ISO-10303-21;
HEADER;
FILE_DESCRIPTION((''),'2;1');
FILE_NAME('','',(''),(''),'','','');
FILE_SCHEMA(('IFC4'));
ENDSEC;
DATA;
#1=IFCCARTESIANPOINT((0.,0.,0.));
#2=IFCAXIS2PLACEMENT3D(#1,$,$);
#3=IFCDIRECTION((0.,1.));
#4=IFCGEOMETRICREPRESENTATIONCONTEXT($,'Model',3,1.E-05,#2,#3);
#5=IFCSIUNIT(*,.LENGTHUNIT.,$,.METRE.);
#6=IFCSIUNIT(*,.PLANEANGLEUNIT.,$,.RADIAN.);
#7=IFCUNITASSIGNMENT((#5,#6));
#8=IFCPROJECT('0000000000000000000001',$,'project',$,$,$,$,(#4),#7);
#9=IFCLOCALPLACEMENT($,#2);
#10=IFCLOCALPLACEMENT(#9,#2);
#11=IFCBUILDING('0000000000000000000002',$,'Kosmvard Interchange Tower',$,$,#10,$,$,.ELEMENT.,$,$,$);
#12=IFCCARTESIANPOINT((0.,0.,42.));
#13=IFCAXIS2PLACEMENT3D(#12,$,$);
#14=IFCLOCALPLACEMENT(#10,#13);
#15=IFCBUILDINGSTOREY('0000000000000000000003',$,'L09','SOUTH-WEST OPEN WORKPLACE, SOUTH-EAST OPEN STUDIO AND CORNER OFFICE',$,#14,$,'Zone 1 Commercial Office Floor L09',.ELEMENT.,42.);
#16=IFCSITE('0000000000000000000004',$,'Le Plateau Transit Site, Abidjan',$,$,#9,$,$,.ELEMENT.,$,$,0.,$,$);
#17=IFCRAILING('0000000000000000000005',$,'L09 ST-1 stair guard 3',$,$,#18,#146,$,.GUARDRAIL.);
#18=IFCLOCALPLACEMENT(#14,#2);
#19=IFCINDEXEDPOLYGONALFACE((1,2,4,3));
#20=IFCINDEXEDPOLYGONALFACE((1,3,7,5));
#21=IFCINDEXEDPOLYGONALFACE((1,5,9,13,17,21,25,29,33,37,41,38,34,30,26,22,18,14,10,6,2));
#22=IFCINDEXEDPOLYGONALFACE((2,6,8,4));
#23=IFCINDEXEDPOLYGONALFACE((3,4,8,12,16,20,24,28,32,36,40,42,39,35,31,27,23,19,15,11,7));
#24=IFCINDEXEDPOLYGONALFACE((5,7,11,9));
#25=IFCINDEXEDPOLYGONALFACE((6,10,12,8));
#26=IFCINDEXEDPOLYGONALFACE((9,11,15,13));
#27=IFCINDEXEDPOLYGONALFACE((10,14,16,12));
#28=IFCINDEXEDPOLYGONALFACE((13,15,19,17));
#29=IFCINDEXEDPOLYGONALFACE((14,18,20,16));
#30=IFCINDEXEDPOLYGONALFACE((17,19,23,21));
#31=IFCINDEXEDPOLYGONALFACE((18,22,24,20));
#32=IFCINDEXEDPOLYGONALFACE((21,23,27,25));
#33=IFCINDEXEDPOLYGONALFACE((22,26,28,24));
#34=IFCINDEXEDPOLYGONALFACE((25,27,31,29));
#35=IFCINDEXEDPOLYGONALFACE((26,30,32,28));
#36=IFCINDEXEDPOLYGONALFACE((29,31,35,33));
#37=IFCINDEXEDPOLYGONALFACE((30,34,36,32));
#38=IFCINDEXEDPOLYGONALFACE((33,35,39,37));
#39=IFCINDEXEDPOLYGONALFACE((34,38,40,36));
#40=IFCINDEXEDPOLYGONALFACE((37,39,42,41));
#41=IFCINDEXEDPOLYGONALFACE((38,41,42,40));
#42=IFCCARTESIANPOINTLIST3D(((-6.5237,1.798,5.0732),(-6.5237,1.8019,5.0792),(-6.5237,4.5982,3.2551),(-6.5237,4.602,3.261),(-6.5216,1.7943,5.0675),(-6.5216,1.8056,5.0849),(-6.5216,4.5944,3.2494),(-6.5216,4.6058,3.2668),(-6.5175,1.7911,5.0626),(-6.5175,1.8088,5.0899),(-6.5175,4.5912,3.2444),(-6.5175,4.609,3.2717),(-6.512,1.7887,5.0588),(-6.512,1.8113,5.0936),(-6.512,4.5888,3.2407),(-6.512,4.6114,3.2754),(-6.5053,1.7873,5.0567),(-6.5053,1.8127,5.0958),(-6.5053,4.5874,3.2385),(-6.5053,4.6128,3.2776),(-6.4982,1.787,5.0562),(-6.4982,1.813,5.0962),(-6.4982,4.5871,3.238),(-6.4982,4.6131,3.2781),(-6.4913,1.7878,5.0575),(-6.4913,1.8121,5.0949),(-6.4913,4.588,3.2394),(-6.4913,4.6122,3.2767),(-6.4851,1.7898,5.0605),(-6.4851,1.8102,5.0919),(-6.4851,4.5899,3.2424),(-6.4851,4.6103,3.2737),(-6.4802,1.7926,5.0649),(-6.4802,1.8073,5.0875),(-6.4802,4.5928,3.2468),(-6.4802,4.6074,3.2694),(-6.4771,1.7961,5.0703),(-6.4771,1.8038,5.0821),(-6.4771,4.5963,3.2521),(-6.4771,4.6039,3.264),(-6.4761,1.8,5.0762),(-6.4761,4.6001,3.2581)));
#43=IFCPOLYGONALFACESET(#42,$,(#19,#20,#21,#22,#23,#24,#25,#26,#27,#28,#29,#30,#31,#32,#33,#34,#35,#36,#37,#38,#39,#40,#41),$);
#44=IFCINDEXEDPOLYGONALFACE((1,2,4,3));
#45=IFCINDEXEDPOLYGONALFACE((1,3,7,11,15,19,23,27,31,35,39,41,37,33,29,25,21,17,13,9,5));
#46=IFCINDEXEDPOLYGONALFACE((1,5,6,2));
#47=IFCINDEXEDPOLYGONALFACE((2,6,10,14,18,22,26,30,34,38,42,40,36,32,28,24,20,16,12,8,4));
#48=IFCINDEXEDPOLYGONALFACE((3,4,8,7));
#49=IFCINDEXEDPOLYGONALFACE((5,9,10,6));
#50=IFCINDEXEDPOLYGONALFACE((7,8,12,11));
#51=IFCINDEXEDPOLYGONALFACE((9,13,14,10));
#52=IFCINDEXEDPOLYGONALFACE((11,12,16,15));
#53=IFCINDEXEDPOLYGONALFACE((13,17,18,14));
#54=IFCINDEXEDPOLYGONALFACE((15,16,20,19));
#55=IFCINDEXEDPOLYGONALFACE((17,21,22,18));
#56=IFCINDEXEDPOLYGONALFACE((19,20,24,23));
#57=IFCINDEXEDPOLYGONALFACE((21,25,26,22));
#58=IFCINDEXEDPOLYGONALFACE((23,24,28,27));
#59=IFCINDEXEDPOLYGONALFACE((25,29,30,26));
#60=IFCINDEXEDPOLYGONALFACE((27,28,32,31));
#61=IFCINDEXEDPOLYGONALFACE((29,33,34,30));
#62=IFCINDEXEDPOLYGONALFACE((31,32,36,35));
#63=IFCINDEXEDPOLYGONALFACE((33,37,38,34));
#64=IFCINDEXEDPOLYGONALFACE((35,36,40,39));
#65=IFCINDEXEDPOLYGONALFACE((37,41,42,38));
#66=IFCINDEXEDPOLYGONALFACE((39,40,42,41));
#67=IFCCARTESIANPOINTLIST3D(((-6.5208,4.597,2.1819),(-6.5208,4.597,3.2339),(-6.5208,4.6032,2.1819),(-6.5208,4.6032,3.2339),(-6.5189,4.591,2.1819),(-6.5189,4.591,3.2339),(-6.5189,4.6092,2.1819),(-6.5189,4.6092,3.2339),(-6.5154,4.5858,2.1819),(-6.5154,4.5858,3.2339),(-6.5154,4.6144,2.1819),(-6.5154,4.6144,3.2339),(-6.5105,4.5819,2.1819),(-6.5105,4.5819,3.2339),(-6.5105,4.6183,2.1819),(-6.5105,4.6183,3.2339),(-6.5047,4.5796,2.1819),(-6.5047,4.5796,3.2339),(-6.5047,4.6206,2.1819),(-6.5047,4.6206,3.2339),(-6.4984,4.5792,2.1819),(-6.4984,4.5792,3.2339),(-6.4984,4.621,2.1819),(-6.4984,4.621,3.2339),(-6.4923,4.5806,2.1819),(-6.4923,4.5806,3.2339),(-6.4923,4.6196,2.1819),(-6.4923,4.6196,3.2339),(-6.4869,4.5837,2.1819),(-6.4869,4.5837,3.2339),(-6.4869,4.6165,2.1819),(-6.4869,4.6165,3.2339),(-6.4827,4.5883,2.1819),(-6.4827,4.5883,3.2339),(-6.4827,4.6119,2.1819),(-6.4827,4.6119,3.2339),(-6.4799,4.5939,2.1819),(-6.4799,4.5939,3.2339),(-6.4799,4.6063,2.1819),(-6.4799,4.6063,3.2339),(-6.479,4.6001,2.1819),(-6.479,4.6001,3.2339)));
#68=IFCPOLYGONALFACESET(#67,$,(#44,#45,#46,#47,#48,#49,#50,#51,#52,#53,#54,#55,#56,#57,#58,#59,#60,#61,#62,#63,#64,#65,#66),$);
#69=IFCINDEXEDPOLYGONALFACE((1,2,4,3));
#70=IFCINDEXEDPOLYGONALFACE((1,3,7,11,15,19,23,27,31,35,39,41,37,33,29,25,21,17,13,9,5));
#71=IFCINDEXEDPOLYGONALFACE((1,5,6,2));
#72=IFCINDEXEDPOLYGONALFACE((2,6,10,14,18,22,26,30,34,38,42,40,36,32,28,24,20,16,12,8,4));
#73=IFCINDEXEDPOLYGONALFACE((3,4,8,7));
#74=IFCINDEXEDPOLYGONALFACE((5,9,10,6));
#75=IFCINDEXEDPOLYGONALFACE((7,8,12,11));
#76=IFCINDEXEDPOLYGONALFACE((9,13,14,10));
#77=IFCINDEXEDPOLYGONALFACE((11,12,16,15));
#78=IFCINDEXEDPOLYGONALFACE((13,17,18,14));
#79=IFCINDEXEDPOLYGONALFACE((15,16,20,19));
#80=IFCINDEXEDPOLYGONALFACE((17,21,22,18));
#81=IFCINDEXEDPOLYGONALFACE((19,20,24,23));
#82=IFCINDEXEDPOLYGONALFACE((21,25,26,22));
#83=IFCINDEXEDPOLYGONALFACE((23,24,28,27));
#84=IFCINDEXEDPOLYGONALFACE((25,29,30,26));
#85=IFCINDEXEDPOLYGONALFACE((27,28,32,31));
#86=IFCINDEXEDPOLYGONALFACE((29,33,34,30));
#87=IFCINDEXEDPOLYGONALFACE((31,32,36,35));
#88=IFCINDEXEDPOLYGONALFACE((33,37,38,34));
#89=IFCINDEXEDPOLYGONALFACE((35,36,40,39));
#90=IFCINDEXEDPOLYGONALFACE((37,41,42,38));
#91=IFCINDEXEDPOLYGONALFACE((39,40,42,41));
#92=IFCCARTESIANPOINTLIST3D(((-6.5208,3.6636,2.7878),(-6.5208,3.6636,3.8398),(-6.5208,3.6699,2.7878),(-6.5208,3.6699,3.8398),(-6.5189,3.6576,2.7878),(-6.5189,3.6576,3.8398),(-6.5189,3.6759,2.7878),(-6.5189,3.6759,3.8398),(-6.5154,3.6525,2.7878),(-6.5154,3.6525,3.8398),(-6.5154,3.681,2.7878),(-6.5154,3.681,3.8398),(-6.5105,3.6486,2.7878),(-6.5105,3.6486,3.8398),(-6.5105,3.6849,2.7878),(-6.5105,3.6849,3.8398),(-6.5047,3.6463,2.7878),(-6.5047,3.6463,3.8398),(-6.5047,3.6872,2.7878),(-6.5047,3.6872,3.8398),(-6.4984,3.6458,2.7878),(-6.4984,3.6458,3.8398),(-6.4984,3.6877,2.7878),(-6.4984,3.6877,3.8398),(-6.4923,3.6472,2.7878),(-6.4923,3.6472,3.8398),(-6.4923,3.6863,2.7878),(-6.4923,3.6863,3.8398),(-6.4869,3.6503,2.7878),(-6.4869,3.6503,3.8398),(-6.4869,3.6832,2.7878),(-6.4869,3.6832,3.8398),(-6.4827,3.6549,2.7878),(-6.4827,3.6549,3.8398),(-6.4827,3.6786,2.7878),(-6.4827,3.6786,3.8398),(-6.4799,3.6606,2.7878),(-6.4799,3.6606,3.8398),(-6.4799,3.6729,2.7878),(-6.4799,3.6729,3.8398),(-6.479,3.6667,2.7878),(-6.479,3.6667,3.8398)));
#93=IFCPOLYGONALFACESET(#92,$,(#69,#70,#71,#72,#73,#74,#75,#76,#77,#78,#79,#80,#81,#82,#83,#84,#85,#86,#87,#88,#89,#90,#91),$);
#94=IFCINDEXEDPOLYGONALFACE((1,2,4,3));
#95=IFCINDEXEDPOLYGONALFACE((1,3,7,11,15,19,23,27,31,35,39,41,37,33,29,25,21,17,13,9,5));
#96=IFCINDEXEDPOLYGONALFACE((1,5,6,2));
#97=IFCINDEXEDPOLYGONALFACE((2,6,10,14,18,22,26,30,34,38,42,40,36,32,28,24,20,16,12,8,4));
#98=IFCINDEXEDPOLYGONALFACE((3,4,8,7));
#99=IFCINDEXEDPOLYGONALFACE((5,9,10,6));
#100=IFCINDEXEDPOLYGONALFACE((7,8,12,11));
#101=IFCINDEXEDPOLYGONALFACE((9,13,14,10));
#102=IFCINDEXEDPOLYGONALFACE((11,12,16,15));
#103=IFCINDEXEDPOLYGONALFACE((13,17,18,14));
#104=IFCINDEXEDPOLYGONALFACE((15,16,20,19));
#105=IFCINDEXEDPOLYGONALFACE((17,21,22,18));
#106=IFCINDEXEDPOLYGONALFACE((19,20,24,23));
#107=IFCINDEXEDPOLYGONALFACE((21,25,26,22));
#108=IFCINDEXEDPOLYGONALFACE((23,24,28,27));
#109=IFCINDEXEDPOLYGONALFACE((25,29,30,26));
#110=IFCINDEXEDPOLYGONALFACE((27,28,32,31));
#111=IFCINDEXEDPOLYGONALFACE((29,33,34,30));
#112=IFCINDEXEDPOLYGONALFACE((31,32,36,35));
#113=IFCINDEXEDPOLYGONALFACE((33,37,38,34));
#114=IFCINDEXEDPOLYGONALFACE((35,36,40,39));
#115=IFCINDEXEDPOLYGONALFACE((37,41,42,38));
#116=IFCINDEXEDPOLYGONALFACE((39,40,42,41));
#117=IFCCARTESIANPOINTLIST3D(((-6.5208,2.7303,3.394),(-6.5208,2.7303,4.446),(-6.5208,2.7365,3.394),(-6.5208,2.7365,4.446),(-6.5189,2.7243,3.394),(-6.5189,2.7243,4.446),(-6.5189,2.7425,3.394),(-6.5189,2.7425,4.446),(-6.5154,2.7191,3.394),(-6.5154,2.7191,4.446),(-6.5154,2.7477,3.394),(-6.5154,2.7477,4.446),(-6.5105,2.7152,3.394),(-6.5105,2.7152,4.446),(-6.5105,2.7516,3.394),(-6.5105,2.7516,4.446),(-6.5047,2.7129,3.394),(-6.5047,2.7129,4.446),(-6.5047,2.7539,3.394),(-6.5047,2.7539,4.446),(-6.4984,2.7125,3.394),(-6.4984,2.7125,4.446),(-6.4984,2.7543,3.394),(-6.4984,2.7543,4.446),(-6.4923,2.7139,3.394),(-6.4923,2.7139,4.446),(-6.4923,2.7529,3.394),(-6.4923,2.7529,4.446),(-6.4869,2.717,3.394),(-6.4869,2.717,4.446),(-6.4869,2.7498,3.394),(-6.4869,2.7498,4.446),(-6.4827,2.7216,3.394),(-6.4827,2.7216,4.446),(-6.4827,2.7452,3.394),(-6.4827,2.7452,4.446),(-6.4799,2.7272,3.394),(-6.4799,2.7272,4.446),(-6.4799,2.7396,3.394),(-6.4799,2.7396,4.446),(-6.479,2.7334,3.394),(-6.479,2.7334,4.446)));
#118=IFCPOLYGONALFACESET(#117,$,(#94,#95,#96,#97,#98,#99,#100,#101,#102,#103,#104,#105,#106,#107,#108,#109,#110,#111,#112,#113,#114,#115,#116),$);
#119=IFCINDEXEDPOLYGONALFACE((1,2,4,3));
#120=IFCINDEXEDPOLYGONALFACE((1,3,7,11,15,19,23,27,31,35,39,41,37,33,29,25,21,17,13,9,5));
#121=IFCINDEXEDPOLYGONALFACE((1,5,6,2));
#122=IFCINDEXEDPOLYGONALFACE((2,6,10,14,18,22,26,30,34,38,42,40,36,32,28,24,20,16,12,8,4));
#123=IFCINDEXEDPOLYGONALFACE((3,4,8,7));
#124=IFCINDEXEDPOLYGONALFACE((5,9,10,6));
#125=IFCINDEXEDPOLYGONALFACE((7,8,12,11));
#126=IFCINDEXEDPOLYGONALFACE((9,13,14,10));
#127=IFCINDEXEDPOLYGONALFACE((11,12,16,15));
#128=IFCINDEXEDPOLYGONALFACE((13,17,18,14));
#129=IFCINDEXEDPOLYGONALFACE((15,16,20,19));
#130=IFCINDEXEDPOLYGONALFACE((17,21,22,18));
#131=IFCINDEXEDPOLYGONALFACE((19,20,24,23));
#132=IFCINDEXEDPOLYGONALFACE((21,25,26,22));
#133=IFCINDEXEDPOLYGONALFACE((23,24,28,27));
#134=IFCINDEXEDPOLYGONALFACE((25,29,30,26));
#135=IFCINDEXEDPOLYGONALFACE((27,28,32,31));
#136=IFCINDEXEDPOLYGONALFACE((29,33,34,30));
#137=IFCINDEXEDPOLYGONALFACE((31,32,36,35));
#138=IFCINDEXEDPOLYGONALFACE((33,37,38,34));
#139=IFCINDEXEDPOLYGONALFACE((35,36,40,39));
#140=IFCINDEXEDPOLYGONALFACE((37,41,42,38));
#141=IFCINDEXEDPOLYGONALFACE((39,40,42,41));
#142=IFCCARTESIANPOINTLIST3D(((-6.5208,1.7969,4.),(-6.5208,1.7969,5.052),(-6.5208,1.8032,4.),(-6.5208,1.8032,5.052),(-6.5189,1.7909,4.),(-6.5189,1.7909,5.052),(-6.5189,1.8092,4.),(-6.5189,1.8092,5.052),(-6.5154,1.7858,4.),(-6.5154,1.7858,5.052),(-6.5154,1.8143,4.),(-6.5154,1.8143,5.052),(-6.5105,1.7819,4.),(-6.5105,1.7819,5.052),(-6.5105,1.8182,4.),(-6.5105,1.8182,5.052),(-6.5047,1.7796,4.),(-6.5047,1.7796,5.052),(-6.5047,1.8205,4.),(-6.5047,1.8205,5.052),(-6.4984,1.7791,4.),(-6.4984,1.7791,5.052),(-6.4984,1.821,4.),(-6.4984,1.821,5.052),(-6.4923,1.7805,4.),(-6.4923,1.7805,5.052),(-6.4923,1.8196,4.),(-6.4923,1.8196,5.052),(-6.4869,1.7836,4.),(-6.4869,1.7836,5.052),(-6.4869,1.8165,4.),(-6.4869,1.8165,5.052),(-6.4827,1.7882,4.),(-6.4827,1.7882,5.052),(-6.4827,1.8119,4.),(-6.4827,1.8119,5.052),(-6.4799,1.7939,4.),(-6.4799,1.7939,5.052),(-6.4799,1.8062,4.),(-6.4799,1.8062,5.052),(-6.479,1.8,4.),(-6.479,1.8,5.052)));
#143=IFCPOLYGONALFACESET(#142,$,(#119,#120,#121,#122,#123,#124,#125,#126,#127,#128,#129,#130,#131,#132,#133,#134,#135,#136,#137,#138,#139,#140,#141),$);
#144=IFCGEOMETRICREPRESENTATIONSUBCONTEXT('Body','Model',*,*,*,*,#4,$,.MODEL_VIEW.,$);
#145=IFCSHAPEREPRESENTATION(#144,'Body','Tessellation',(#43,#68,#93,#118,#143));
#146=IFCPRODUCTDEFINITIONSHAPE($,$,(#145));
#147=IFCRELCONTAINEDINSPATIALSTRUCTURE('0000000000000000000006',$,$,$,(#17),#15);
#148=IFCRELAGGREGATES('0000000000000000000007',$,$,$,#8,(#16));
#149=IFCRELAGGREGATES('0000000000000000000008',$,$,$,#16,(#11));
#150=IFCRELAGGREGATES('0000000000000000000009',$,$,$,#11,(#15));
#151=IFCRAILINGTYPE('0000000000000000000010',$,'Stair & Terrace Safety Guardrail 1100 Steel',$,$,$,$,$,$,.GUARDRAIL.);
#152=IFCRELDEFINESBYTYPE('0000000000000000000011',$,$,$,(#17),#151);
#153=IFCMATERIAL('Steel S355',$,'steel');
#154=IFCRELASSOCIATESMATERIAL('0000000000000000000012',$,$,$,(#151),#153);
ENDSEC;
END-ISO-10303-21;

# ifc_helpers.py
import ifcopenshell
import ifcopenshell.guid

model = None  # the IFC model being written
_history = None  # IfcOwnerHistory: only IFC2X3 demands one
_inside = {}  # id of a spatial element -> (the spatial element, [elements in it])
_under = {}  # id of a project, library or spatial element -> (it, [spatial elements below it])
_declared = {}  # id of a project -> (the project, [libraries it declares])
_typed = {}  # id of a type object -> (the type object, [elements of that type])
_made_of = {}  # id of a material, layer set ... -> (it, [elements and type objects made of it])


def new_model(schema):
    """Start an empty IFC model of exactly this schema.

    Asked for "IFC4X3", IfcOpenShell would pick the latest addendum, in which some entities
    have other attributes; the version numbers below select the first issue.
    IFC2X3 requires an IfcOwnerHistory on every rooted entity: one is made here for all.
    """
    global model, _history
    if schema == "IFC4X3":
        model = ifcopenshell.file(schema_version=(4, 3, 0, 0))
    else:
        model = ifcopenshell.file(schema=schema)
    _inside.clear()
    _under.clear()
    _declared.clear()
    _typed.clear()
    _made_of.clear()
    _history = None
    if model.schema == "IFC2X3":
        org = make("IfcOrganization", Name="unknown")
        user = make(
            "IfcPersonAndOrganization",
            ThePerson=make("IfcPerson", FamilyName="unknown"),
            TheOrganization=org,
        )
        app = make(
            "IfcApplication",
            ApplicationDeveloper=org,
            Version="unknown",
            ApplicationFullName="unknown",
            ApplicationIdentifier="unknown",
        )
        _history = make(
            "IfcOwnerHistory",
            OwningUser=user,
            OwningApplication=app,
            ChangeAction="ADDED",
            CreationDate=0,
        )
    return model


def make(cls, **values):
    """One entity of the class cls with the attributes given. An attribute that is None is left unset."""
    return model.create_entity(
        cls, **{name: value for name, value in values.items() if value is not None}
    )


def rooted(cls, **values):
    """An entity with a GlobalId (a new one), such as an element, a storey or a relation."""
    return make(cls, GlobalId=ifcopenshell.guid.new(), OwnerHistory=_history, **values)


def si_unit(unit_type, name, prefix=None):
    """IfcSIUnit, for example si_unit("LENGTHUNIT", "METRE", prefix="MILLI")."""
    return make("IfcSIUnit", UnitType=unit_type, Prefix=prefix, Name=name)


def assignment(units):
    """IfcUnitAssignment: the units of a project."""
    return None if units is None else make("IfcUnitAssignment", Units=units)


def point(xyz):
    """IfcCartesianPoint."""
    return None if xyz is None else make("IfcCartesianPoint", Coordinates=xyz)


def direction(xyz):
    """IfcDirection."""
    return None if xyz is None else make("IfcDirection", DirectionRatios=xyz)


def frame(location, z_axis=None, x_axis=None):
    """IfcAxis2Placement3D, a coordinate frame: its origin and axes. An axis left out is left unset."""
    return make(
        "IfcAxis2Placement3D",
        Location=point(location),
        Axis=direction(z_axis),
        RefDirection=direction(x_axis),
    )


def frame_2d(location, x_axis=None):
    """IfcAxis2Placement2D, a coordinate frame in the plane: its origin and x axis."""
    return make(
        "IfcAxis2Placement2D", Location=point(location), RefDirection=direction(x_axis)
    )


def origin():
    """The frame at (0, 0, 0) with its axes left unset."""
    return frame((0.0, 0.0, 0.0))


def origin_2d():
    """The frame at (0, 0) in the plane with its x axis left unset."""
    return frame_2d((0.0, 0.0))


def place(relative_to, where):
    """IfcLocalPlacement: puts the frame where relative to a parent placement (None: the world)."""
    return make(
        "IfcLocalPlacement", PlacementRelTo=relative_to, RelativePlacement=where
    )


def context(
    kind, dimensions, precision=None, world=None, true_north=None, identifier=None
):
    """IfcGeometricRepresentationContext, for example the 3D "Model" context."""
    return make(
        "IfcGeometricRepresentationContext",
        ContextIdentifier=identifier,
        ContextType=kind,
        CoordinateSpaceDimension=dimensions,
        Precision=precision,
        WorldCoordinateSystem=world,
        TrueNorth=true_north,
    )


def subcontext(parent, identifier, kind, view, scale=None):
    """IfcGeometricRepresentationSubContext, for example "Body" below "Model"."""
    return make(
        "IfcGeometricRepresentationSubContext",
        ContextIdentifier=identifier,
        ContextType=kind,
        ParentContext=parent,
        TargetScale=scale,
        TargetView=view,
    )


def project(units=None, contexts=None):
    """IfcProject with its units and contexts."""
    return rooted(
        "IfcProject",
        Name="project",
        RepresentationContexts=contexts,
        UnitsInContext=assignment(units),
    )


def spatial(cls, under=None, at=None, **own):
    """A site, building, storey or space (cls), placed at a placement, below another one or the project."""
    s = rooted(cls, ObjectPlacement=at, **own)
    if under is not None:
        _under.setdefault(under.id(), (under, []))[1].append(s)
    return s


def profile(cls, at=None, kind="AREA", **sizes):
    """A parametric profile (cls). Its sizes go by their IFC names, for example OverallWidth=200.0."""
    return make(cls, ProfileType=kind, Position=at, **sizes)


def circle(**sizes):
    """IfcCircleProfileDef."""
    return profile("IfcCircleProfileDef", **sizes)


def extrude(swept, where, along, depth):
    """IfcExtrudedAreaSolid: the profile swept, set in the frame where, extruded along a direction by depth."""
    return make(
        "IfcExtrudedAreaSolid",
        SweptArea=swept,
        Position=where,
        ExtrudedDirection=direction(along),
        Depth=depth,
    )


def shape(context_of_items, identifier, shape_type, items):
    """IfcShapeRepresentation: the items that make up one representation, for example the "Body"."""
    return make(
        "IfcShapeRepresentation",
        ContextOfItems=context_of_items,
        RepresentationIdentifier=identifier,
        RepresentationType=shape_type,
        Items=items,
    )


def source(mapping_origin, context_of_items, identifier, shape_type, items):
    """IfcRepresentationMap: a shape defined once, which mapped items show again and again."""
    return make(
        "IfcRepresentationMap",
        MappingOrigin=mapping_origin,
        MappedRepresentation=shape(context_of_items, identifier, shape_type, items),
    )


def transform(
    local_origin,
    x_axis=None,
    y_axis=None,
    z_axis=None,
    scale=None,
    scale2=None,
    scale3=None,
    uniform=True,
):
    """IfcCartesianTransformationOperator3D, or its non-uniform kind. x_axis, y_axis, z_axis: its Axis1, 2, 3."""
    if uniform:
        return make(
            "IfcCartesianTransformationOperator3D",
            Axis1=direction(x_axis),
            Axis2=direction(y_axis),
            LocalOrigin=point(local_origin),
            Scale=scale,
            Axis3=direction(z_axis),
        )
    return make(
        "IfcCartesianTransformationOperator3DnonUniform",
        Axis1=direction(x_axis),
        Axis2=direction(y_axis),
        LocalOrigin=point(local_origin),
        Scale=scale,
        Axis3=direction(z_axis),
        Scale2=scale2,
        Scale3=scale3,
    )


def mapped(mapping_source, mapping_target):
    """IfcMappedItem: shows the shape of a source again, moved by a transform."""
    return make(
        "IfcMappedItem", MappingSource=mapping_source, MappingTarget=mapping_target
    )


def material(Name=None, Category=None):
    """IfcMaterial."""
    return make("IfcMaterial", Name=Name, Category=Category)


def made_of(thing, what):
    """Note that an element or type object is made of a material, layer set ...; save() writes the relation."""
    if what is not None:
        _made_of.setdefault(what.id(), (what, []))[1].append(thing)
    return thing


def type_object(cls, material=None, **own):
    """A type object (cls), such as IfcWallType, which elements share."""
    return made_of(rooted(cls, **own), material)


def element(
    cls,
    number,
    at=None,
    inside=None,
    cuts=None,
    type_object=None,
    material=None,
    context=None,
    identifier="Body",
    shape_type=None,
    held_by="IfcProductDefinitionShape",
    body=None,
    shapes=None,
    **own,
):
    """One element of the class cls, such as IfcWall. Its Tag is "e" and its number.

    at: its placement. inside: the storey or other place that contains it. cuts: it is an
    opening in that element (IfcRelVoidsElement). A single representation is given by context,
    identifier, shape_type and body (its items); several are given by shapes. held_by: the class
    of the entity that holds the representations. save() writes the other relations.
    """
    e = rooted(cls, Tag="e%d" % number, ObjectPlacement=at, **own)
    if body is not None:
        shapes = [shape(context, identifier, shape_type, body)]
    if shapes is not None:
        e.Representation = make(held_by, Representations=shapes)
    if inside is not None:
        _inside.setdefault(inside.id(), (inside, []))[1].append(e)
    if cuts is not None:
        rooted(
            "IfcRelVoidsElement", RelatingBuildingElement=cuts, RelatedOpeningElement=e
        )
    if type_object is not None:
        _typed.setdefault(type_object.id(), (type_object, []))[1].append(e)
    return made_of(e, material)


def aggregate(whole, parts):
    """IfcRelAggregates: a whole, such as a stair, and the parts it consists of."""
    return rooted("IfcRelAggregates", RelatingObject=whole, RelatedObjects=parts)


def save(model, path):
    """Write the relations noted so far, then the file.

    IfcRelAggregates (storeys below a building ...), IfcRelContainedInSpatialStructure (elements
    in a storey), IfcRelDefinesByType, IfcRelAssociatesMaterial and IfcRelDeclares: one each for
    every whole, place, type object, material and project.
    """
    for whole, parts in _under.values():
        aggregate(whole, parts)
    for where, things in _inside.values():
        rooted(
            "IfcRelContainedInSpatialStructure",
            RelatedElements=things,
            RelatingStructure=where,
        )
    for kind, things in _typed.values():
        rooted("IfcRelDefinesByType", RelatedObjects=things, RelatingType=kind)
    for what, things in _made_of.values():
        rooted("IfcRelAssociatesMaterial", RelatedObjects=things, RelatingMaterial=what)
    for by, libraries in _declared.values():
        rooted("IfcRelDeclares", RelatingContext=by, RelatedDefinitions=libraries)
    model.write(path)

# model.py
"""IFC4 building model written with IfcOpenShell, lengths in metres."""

from ifc_helpers import new_model, si_unit, direction, frame, origin, origin_2d, place, context, subcontext, project, spatial, circle, extrude, source, transform, mapped, material, type_object, element, save


model = new_model("IFC4")

# Units and contexts
model_context = context("Model", 3, precision=1e-05, world=origin(), true_north=direction((0.0, 1.0)))
body_context = subcontext(model_context, "Body", "Model", "MODEL_VIEW")
ifc_project = project(units=[si_unit("LENGTHUNIT", "METRE"), si_unit("PLANEANGLEUNIT", "RADIAN")], contexts=[model_context])

# Site, building, storey
site_placement = place(None, origin())
site = spatial("IfcSite", under=ifc_project, at=site_placement, Name="Le Plateau Transit Site, Abidjan", CompositionType="ELEMENT", RefElevation=0.0)
building_placement = place(site_placement, origin())
building = spatial("IfcBuilding", under=site, at=building_placement, Name="Kosmvard Interchange Tower", CompositionType="ELEMENT")
storey_placement = place(building_placement, frame((0.0, 0.0, 42.0)))
storey = spatial("IfcBuildingStorey", under=building, at=storey_placement, Name="L09", Description="SOUTH-WEST OPEN WORKPLACE, SOUTH-EAST OPEN STUDIO AND CORNER OFFICE", LongName="Zone 1 Commercial Office Floor L09", CompositionType="ELEMENT", Elevation=42.0)

# Shared definitions
ifc_material_1 = material(Name="Steel S355", Category="steel")

# Railing
railing_type = type_object("IfcRailingType", Name="Stair & Terrace Safety Guardrail 1100 Steel", PredefinedType="GUARDRAIL", material=ifc_material_1)
shared_shape_1 = source(origin(), body_context, "Body", "SweptSolid", [
    extrude(circle(Radius=0.0239, at=origin_2d()), frame((0.0, 0.0, 1.0762), z_axis=(0.0, -0.838706, 0.544585), x_axis=(1.0, 0.0, 0.0)), (0.0, 0.0, 1.0), 3.3386),
    extrude(circle(Radius=0.021, at=origin_2d()), origin(), (0.0, 0.0, 1.0), 1.052),
    extrude(circle(Radius=0.021, at=origin_2d()), frame((0.0, -0.9333, 0.606)), (0.0, 0.0, 1.0), 1.052),
    extrude(circle(Radius=0.021, at=origin_2d()), frame((0.0, -1.8667, 1.2122)), (0.0, 0.0, 1.0), 1.052),
    extrude(circle(Radius=0.021, at=origin_2d()), frame((0.0, -2.8, 1.8181)), (0.0, 0.0, 1.0), 1.052),
])
railing_1_placement = place(storey_placement, frame((-6.5, 4.6001, 2.1819)))
element("IfcRailing", 1, at=railing_1_placement, inside=storey, type_object=railing_type, Name="L09 ST-1 stair guard 3", PredefinedType="GUARDRAIL", context=body_context, shape_type="MappedRepresentation", body=[
    mapped(shared_shape_1, transform((0.0, 0.0, 0.0), scale=1.0)),
])

save(model, "model.ifc")
